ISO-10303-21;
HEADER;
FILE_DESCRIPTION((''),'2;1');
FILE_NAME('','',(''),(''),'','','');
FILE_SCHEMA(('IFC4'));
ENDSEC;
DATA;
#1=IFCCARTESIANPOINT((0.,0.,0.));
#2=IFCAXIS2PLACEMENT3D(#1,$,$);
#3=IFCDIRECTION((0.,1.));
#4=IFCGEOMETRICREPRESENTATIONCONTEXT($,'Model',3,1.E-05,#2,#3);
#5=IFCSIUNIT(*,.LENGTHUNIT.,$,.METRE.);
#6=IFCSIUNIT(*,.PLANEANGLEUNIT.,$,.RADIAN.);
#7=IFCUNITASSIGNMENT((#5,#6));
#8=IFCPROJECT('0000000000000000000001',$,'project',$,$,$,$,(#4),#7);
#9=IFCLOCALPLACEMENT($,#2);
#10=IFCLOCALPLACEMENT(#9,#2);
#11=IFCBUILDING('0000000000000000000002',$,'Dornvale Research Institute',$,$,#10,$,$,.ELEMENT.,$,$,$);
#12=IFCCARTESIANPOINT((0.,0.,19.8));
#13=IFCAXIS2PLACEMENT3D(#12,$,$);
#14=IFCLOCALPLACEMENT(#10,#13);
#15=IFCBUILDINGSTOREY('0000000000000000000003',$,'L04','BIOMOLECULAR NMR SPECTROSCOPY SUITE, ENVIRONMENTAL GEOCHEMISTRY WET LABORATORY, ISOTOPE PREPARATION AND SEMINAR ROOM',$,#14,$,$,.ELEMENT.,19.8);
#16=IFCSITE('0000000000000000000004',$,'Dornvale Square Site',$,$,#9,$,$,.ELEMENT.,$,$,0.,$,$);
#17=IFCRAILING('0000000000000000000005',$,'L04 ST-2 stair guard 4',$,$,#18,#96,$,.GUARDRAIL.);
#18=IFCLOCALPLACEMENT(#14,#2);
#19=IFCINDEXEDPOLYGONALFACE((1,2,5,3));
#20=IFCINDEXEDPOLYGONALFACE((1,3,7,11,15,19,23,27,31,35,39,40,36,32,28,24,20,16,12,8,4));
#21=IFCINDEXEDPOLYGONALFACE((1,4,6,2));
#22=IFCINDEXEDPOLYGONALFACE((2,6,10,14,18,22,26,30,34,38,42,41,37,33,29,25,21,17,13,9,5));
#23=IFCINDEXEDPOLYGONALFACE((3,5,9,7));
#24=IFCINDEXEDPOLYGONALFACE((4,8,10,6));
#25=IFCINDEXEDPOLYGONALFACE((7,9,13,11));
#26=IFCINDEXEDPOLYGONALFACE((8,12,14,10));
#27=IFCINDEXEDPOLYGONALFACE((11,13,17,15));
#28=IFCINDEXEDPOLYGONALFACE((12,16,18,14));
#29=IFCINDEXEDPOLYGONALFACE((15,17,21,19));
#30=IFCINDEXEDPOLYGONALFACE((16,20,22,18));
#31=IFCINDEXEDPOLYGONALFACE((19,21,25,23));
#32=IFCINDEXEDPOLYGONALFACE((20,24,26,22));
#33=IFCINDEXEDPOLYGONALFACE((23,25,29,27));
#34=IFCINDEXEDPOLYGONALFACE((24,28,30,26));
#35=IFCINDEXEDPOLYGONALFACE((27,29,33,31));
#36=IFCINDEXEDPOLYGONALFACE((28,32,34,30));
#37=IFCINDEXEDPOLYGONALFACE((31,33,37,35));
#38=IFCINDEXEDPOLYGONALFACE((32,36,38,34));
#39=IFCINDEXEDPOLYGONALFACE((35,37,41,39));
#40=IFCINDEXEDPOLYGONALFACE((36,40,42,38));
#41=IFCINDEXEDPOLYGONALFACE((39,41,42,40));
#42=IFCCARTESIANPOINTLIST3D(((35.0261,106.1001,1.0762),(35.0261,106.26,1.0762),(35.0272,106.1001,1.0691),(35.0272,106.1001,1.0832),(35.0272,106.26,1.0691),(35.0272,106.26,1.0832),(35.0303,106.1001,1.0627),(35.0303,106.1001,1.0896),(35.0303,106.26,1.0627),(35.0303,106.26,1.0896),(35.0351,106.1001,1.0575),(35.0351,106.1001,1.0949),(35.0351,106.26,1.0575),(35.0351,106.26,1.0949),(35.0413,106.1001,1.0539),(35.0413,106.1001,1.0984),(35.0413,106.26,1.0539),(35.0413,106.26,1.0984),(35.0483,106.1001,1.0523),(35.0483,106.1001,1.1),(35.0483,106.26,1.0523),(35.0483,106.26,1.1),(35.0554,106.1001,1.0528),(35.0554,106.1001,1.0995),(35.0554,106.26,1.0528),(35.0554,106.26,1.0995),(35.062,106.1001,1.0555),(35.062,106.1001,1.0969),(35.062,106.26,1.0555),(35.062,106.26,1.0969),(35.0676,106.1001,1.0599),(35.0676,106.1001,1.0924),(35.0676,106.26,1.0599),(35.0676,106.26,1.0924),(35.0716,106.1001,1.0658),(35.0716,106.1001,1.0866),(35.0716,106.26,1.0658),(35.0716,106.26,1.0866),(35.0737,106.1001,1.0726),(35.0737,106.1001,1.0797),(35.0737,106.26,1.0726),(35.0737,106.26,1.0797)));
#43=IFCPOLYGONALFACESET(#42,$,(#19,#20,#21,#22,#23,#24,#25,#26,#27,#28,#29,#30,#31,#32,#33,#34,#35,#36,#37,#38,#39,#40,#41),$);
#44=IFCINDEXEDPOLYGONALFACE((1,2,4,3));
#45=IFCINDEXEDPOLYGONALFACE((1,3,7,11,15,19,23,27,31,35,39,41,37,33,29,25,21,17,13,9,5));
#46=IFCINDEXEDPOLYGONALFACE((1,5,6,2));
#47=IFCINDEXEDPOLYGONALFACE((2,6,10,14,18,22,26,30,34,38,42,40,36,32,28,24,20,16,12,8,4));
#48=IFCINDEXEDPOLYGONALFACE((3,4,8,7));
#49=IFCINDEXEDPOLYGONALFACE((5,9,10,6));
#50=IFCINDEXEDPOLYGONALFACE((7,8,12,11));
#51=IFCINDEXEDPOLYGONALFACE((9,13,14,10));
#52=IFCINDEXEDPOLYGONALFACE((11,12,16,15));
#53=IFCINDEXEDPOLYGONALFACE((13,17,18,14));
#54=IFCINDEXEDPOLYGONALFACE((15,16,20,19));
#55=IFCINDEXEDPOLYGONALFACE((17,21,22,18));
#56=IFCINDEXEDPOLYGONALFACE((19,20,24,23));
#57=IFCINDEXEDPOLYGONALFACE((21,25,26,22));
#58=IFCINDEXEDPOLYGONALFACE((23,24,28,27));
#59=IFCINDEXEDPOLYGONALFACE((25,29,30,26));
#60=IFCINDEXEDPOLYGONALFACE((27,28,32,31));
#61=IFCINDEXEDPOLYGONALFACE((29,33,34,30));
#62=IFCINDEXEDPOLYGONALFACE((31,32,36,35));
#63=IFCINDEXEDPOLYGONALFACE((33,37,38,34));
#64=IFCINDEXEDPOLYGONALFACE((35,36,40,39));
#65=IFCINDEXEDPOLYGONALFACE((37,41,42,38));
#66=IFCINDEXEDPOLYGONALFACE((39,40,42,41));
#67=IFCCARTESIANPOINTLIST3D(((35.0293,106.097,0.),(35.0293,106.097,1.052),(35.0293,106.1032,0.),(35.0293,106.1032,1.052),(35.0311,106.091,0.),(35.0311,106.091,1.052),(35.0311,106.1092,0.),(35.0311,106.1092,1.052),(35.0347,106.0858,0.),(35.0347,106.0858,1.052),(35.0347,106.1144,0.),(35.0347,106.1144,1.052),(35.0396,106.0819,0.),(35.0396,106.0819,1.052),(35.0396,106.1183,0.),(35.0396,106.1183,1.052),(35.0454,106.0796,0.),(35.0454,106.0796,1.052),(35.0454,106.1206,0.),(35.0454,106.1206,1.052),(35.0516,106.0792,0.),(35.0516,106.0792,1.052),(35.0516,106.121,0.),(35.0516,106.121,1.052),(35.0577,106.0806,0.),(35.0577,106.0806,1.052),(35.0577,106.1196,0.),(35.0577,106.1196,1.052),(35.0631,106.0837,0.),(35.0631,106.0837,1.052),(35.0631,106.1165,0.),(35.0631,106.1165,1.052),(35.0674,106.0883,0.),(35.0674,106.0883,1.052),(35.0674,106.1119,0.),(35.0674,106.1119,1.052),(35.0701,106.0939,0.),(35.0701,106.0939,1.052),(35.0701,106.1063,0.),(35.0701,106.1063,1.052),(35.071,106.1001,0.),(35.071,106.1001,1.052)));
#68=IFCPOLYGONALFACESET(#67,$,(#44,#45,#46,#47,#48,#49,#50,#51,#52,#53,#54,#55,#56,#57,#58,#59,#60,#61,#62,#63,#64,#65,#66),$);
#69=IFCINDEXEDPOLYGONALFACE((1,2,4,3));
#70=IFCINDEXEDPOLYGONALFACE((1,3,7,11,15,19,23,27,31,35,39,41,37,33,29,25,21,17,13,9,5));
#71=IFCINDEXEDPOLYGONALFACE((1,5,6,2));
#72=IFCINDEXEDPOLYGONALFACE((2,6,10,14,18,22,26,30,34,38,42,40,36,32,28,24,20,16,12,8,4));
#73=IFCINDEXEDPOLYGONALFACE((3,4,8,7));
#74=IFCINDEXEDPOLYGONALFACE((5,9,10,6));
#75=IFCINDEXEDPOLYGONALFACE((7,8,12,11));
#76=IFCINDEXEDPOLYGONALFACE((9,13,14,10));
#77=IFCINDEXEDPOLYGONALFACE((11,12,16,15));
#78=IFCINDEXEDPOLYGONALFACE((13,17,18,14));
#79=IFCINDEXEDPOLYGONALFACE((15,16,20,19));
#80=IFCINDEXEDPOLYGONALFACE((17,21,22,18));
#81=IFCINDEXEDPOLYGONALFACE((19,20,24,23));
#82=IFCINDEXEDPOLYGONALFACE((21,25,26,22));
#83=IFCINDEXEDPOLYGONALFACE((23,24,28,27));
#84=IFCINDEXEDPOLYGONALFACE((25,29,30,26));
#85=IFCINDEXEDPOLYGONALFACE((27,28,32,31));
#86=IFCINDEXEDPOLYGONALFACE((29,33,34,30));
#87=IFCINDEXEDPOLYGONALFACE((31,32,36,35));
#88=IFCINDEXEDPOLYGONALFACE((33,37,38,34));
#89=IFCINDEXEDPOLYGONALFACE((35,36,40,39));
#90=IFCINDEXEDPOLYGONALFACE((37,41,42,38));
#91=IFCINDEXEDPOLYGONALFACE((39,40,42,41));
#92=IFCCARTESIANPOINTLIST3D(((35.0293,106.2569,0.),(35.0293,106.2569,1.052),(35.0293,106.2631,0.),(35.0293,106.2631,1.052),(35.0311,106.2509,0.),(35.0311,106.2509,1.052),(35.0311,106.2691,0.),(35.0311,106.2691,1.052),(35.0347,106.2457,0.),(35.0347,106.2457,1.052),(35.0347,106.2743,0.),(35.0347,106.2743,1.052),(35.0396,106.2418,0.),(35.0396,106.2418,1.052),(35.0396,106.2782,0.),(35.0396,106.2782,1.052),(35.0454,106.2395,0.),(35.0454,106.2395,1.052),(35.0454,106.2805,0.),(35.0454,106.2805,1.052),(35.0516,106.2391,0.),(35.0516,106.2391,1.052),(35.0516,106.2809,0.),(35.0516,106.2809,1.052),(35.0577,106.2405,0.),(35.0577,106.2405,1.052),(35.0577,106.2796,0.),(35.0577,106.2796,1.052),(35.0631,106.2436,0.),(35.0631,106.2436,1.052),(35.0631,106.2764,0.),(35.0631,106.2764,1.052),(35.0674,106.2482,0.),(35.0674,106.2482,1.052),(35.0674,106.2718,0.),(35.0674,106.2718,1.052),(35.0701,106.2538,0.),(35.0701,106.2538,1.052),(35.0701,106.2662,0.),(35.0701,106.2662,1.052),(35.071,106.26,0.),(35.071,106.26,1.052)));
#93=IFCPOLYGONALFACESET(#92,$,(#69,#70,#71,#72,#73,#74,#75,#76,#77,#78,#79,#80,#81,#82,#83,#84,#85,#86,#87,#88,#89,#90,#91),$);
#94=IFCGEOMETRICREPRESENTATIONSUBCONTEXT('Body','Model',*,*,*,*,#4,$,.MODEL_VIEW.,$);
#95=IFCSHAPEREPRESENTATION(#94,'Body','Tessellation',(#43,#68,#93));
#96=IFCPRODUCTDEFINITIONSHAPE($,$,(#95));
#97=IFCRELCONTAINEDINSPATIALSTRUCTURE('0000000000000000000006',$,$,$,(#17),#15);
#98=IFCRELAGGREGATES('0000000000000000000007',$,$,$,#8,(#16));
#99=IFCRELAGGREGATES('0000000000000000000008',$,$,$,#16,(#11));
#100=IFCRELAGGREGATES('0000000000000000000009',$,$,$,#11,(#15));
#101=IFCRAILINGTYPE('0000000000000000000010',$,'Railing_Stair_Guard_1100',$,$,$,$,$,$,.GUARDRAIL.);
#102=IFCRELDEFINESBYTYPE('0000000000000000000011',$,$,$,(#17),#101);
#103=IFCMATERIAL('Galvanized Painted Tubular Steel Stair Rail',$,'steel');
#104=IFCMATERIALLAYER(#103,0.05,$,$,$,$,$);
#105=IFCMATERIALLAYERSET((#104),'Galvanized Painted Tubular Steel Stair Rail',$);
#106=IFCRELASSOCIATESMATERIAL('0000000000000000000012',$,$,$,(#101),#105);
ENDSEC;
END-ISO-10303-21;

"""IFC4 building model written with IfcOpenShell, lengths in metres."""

from ifc_helpers import new_model, si_unit, direction, frame, origin, origin_2d, place, context, subcontext, project, spatial, circle, extrude, material, layer, layer_set, type_object, element, save


model = new_model("IFC4")

# Units and contexts
model_context = context("Model", 3, precision=1e-05, world=origin(), true_north=direction((0.0, 1.0)))
body_context = subcontext(model_context, "Body", "Model", "MODEL_VIEW")
ifc_project = project(units=[si_unit("LENGTHUNIT", "METRE"), si_unit("PLANEANGLEUNIT", "RADIAN")], contexts=[model_context])

# Site, building, storey
site_placement = place(None, origin())
site = spatial("IfcSite", under=ifc_project, at=site_placement, Name="Dornvale Square Site", CompositionType="ELEMENT", RefElevation=0.0)
building_placement = place(site_placement, origin())
building = spatial("IfcBuilding", under=site, at=building_placement, Name="Dornvale Research Institute", CompositionType="ELEMENT")
storey_placement = place(building_placement, frame((0.0, 0.0, 19.8)))
storey = spatial("IfcBuildingStorey", under=building, at=storey_placement, Name="L04", Description="BIOMOLECULAR NMR SPECTROSCOPY SUITE, ENVIRONMENTAL GEOCHEMISTRY WET LABORATORY, ISOTOPE PREPARATION AND SEMINAR ROOM", CompositionType="ELEMENT", Elevation=19.8)

# Railing
ifc_material_1 = material(Name="Galvanized Painted Tubular Steel Stair Rail", Category="steel")
ifc_layer_1 = layer(ifc_material_1, 0.05)
ifc_layer_set_1 = layer_set([ifc_layer_1], Name="Galvanized Painted Tubular Steel Stair Rail")
railing_type_1 = type_object("IfcRailingType", Name="Railing_Stair_Guard_1100", PredefinedType="GUARDRAIL", material=ifc_layer_set_1)
railing_1_placement = place(storey_placement, frame((35.05, 106.1001, 0.0)))
element("IfcRailing", 1, at=railing_1_placement, inside=storey, type_object=railing_type_1, Name="L04 ST-2 stair guard 4", PredefinedType="GUARDRAIL", context=body_context, shape_type="SweptSolid", body=[
    extrude(circle(Radius=0.0239, at=origin_2d()), frame((0.0, 0.0, 1.0762), z_axis=(0.0, 1.0, 0.0), x_axis=(-1.0, 0.0, 0.0)), (0.0, 0.0, 1.0), 0.1599),
    extrude(circle(Radius=0.021, at=origin_2d()), origin(), (0.0, 0.0, 1.0), 1.052),
    extrude(circle(Radius=0.021, at=origin_2d()), frame((0.0, 0.1599, 0.0)), (0.0, 0.0, 1.0), 1.052),
])

save(model, "model.ifc")
